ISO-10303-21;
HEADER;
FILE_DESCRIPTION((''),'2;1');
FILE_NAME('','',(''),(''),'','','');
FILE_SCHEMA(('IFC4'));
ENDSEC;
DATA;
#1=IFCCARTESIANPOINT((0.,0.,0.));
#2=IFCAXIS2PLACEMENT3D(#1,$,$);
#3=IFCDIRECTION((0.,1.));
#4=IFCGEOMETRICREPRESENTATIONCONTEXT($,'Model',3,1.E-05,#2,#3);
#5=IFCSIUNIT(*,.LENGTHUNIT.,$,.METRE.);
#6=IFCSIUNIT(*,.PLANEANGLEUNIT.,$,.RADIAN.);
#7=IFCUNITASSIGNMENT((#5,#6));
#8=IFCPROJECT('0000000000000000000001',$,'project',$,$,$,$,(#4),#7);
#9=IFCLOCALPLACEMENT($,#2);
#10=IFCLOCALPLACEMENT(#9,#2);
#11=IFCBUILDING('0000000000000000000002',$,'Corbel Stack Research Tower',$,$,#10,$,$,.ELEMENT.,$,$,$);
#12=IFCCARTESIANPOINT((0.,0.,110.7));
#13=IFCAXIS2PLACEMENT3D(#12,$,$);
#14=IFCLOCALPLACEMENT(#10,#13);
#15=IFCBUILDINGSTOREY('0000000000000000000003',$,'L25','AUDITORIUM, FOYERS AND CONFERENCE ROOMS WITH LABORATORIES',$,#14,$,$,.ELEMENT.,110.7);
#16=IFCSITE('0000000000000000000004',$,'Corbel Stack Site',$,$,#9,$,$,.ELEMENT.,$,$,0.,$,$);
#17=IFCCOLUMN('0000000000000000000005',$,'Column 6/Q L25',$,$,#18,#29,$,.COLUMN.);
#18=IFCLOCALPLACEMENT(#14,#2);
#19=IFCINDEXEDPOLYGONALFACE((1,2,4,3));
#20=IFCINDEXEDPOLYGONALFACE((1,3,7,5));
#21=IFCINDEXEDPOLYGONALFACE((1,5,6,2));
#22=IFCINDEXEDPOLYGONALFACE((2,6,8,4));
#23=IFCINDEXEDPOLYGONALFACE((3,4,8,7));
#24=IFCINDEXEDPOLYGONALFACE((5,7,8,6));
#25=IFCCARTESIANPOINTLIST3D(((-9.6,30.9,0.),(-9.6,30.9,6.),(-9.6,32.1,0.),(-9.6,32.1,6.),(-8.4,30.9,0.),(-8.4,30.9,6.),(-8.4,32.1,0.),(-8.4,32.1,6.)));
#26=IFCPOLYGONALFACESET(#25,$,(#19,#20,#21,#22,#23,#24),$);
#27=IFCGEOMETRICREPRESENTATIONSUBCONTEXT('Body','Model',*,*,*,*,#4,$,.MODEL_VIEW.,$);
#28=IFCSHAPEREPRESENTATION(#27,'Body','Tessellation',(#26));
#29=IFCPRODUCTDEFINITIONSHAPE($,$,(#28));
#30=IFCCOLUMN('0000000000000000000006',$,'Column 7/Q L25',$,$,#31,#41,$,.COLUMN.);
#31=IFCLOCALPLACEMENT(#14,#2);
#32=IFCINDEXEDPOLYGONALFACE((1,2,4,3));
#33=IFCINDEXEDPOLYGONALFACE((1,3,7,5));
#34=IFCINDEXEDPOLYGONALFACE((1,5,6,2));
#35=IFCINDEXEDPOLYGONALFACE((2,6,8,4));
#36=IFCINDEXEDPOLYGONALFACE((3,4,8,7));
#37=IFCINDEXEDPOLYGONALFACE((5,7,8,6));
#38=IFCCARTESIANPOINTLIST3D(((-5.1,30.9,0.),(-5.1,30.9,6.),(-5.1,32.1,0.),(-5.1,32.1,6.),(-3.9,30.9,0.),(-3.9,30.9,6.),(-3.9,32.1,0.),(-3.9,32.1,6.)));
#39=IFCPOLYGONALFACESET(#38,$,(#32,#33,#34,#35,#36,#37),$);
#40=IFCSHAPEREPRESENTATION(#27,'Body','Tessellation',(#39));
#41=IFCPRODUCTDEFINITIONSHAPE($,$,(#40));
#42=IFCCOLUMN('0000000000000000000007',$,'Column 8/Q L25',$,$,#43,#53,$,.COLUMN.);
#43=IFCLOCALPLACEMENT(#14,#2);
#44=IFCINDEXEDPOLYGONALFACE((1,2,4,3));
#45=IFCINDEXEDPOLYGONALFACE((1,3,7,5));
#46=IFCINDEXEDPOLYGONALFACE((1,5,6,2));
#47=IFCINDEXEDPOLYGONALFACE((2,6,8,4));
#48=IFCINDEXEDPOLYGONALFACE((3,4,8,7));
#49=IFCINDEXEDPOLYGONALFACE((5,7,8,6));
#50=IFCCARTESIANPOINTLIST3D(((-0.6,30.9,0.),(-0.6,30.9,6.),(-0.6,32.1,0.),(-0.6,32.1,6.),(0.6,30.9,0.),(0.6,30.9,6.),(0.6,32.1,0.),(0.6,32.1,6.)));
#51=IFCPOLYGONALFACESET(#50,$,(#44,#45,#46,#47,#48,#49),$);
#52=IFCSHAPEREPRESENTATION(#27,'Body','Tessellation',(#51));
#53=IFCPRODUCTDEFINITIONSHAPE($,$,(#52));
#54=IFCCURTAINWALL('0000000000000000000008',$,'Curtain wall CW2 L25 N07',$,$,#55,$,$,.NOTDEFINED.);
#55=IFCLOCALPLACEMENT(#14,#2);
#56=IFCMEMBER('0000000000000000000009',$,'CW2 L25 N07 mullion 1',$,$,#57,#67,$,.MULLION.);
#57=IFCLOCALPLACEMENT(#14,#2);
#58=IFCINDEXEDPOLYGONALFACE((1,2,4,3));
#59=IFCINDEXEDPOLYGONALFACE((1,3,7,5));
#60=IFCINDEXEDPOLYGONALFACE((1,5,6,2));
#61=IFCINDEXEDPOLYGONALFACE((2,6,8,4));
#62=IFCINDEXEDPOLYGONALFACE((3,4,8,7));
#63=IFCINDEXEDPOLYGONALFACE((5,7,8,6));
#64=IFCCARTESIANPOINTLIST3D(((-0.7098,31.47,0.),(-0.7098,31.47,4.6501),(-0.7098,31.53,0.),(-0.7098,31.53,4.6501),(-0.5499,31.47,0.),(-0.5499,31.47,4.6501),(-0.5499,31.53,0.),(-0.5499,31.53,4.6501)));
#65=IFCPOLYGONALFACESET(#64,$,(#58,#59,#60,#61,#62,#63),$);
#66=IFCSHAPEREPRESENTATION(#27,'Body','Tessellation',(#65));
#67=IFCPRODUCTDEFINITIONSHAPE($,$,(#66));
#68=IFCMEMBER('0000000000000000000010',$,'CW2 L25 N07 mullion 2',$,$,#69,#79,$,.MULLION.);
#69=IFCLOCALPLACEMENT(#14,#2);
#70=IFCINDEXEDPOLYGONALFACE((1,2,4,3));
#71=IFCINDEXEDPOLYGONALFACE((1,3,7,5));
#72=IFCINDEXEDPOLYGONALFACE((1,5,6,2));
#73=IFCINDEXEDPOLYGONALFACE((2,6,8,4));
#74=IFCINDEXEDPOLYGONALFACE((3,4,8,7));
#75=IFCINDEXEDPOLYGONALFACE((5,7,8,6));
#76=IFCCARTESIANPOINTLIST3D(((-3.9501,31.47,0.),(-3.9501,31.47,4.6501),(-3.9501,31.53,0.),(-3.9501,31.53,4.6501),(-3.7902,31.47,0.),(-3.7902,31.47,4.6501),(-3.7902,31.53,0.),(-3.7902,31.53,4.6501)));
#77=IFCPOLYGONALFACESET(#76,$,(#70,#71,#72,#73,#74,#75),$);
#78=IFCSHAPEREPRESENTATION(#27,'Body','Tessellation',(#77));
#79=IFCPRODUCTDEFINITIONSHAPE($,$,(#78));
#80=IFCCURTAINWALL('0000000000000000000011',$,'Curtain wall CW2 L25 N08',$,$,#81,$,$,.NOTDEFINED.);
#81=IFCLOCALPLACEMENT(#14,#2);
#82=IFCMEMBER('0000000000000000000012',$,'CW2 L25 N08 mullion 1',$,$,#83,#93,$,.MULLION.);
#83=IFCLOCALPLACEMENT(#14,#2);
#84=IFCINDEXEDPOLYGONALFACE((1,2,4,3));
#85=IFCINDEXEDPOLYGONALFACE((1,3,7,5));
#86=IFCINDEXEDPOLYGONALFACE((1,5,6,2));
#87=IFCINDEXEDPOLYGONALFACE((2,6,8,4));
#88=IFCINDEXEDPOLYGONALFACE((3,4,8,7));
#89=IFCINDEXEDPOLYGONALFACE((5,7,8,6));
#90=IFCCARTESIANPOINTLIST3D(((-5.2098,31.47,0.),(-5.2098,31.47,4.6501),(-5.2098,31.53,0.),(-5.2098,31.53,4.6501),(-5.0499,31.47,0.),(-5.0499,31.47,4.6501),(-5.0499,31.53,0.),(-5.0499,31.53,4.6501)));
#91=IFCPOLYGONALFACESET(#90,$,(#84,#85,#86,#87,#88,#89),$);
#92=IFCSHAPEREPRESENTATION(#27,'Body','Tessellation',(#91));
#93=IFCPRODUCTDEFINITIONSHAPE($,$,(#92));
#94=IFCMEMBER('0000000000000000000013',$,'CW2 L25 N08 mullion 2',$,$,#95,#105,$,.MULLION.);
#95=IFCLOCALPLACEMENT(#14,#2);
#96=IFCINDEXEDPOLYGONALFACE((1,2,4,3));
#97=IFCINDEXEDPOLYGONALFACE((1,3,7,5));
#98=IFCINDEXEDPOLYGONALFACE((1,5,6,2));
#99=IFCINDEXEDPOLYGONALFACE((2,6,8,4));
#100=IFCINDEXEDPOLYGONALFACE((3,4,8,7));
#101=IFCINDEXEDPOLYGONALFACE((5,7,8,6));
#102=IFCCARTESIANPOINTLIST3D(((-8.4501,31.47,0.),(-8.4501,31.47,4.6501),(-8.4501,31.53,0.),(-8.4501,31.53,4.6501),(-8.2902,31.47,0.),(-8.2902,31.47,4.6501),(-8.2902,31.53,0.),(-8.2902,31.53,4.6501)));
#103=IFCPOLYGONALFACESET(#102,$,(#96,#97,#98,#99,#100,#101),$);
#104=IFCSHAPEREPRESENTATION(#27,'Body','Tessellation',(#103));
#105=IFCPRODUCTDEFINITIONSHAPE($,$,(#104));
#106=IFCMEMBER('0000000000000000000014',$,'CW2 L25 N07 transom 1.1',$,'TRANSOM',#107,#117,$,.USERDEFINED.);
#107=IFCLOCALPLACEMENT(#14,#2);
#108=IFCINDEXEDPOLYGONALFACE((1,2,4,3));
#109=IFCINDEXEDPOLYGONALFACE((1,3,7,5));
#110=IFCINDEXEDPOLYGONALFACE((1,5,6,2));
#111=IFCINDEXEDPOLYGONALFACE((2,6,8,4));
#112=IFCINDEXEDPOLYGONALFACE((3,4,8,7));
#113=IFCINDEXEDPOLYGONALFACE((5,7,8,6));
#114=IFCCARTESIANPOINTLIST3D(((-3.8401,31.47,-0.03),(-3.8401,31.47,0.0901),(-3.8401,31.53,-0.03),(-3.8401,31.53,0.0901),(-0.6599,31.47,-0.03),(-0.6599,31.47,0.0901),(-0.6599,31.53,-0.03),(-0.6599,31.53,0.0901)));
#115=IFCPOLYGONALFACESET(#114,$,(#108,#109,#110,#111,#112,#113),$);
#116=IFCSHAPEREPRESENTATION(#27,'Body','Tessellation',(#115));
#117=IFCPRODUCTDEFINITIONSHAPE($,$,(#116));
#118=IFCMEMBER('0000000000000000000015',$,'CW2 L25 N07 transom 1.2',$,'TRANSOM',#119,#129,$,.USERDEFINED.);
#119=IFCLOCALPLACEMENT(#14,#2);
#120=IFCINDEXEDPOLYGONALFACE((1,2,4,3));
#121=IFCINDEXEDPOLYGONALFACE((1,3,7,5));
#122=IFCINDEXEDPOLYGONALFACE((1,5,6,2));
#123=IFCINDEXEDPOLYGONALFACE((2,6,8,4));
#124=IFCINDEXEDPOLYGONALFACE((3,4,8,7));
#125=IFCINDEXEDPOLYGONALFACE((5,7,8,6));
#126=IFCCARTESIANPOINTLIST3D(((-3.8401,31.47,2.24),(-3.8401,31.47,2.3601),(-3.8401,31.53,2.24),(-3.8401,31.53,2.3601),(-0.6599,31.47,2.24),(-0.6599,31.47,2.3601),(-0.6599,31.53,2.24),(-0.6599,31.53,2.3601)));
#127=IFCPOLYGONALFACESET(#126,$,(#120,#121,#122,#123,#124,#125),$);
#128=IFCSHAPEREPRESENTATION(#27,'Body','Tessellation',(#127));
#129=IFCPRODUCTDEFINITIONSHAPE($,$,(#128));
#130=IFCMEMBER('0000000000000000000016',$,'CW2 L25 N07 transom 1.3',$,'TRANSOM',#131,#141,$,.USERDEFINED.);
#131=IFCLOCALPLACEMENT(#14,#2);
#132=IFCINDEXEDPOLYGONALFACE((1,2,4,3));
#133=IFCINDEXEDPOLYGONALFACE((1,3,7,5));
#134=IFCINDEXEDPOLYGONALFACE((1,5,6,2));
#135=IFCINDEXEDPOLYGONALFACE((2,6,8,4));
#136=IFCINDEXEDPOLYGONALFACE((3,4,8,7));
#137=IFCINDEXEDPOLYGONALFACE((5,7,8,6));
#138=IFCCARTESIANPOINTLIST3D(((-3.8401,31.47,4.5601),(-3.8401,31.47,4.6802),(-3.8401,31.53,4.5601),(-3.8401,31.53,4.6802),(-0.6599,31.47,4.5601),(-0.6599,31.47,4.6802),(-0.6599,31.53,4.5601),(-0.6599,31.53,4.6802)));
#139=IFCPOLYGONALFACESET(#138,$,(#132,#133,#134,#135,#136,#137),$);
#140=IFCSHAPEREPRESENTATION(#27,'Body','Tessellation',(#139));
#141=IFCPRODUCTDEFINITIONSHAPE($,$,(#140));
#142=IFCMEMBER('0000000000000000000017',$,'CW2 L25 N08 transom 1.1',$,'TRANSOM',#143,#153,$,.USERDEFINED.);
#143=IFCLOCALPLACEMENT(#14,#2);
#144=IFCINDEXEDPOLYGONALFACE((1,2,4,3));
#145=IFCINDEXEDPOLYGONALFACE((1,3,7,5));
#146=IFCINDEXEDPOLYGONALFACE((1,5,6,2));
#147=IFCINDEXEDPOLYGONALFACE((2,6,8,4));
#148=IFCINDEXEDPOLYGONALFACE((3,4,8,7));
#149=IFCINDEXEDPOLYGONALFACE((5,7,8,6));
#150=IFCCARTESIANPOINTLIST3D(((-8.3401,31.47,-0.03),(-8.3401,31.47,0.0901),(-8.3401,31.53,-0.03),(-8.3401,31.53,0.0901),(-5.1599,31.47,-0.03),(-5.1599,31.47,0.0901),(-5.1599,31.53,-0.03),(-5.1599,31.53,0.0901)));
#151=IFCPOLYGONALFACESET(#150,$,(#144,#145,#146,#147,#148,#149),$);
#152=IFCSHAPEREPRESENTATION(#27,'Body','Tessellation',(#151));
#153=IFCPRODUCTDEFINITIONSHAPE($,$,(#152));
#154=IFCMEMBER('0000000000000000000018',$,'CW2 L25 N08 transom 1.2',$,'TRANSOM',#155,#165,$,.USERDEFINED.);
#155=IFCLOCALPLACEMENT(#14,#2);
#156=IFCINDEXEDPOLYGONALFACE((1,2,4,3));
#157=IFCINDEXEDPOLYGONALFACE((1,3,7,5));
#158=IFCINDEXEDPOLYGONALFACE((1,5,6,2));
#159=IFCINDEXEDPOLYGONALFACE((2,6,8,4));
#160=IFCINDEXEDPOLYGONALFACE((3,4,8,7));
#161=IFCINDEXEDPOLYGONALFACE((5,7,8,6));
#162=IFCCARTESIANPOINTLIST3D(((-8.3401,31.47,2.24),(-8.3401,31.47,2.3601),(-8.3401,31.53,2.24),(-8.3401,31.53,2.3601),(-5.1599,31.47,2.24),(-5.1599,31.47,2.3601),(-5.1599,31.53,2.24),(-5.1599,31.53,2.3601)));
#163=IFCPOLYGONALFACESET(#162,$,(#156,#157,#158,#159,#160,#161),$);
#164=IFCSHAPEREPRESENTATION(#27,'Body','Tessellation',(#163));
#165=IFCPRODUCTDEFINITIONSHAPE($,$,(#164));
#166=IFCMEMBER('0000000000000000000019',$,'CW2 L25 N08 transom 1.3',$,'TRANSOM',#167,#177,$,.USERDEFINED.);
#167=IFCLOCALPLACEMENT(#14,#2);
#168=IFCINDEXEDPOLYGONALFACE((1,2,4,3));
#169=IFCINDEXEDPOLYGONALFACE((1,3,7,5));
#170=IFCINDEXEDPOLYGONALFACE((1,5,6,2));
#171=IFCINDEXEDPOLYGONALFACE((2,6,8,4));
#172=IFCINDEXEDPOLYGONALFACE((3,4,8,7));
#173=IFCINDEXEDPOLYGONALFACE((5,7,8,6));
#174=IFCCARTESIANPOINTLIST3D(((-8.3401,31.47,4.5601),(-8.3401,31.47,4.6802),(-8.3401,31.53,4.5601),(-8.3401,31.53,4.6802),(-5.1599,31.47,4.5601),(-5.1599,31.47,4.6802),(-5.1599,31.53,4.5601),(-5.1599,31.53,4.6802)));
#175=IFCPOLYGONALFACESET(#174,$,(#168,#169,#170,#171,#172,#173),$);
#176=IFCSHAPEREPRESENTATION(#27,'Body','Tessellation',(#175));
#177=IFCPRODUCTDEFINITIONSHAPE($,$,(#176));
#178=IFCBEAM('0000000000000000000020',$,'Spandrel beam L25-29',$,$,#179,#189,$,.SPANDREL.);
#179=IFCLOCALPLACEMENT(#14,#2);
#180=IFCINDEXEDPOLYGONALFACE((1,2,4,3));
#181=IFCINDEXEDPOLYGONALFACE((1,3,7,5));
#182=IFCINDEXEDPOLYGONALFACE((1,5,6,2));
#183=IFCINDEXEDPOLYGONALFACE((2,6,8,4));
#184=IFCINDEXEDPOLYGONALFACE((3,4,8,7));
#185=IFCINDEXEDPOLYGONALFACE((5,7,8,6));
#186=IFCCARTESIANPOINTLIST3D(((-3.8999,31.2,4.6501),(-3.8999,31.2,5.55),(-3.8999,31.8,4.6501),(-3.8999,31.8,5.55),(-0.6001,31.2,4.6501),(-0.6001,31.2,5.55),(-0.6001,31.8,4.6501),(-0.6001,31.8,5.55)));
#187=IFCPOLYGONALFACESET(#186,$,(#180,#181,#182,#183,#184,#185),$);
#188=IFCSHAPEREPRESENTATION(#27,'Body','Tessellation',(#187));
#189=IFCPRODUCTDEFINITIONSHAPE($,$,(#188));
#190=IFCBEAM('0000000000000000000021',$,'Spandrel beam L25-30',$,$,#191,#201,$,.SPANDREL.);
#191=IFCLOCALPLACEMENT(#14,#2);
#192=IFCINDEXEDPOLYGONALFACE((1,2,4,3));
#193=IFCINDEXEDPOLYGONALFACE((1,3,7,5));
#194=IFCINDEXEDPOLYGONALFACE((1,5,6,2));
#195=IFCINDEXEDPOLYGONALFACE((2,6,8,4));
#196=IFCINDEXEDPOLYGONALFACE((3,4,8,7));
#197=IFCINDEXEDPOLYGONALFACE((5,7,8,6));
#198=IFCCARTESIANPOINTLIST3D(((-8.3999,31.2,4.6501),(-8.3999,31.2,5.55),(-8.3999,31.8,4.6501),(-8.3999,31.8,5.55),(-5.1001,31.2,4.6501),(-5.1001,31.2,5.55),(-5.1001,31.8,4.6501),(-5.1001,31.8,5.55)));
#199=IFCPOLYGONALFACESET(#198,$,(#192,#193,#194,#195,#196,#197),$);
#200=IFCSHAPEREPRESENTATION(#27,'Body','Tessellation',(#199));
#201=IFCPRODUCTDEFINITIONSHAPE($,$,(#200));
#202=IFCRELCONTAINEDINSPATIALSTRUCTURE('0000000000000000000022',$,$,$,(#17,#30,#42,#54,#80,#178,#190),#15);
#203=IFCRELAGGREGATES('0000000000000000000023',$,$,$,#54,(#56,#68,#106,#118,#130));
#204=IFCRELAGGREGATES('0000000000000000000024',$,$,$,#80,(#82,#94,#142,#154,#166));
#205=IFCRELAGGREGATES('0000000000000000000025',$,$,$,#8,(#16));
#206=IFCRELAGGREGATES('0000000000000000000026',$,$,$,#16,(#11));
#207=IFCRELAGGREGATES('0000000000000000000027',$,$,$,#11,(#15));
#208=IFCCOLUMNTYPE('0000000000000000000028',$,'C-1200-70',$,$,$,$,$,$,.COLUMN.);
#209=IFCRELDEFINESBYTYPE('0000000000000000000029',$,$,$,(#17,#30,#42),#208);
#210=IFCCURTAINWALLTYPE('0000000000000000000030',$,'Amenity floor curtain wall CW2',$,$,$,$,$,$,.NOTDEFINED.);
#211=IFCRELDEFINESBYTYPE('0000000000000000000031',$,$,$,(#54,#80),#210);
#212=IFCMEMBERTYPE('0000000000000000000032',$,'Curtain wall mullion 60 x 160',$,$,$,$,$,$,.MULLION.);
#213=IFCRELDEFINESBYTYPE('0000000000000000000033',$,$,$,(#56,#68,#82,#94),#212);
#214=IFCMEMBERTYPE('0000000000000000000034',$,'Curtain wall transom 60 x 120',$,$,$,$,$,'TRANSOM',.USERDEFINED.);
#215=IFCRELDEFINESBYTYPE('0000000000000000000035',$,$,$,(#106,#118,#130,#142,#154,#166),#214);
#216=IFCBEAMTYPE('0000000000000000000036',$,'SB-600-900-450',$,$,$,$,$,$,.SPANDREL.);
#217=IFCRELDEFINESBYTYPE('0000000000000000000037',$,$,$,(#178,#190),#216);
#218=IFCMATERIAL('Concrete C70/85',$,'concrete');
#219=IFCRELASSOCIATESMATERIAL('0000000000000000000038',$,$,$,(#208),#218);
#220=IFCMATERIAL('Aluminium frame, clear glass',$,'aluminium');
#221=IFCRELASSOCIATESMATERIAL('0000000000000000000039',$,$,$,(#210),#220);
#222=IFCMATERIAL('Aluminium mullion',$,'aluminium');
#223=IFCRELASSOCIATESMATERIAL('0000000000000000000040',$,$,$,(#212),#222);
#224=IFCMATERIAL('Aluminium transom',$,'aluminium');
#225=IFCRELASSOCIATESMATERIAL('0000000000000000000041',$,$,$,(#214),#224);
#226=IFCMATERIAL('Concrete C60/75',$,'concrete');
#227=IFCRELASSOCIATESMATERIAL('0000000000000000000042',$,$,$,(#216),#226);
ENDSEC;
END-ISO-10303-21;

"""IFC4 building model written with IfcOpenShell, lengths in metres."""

from ifc_helpers import new_model, si_unit, direction, frame, origin, origin_2d, place, context, subcontext, project, spatial, rectangle, extrude, material, material_profile, profile_set, type_object, element, aggregate, save


model = new_model("IFC4")

# Units and contexts
model_context = context("Model", 3, precision=1e-05, world=origin(), true_north=direction((0.0, 1.0)))
body_context = subcontext(model_context, "Body", "Model", "MODEL_VIEW")
ifc_project = project(units=[si_unit("LENGTHUNIT", "METRE"), si_unit("PLANEANGLEUNIT", "RADIAN")], contexts=[model_context])

# Site, building, storey
site_placement = place(None, origin())
site = spatial("IfcSite", under=ifc_project, at=site_placement, Name="Corbel Stack Site", CompositionType="ELEMENT", RefElevation=0.0)
building_placement = place(site_placement, origin())
building = spatial("IfcBuilding", under=site, at=building_placement, Name="Corbel Stack Research Tower", CompositionType="ELEMENT")
storey_placement = place(building_placement, frame((0.0, 0.0, 110.7)))
storey = spatial("IfcBuildingStorey", under=building, at=storey_placement, Name="L25", Description="AUDITORIUM, FOYERS AND CONFERENCE ROOMS WITH LABORATORIES", CompositionType="ELEMENT", Elevation=110.7)

# Columns
ifc_material_1 = material(Name="Concrete C70/85", Category="concrete")
ifc_material_profile_1 = material_profile(ifc_material_1, rectangle(XDim=1.2, YDim=1.2, at=origin_2d()), Name="RC 1200 x 1200")
ifc_profile_set_1 = profile_set([ifc_material_profile_1], Name="Concrete C70/85")
column_type = type_object("IfcColumnType", Name="C-1200-70", PredefinedType="COLUMN", material=ifc_profile_set_1)
for number, where, z_axis, x_axis, name in (
    (1, (-9.0, 31.5, 0.0), (0.0, 0.0, 1.0), (1.0, 0.0, 0.0), "Column 6/Q L25"),
    (2, (-4.5, 31.5, 0.0), (0.0, 0.0, 1.0), (1.0, 0.0, 0.0), "Column 7/Q L25"),
    (3, (0.0, 31.5, 0.0), (0.0, 0.0, 1.0), (1.0, 0.0, 0.0), "Column 8/Q L25"),
):
    element("IfcColumn", number, at=place(storey_placement, frame(where, z_axis=z_axis, x_axis=x_axis)), inside=storey, type_object=column_type, Name=name, PredefinedType="COLUMN", context=body_context, shape_type="SweptSolid", body=[
        extrude(rectangle(XDim=1.2, YDim=1.2, at=origin_2d()), origin(), (0.0, 0.0, 1.0), 6.0),
    ])

# Curtain walls, members
ifc_material_2 = material(Name="Aluminium frame, clear glass", Category="aluminium")
curtain_wall_type = type_object("IfcCurtainWallType", Name="Amenity floor curtain wall CW2", PredefinedType="NOTDEFINED", material=ifc_material_2)
curtain_wall_1_placement = place(storey_placement, origin())
curtain_wall_1 = element("IfcCurtainWall", 4, at=curtain_wall_1_placement, inside=storey, type_object=curtain_wall_type, Name="Curtain wall CW2 L25 N07", PredefinedType="NOTDEFINED")
ifc_material_3 = material(Name="Aluminium mullion", Category="aluminium")
ifc_material_profile_2 = material_profile(ifc_material_3, rectangle(XDim=0.0601, YDim=0.1599, at=origin_2d()), Name="Mullion 60 x 160")
ifc_profile_set_2 = profile_set([ifc_material_profile_2], Name="Aluminium mullion")
member_type_1 = type_object("IfcMemberType", Name="Curtain wall mullion 60 x 160", PredefinedType="MULLION", material=ifc_profile_set_2)
member_1_placement = place(storey_placement, frame((-0.6299, 31.5, 0.0), z_axis=(0.0, 0.0, 1.0), x_axis=(0.0, -1.0, 0.0)))
member_1 = element("IfcMember", 5, at=member_1_placement, type_object=member_type_1, Name="CW2 L25 N07 mullion 1", PredefinedType="MULLION", context=body_context, shape_type="SweptSolid", body=[
    extrude(rectangle(XDim=0.0601, YDim=0.1599, at=origin_2d()), origin(), (0.0, 0.0, 1.0), 4.6501),
])
member_2_placement = place(storey_placement, frame((-3.8701, 31.5, 0.0), z_axis=(0.0, 0.0, 1.0), x_axis=(0.0, -1.0, 0.0)))
member_2 = element("IfcMember", 6, at=member_2_placement, type_object=member_type_1, Name="CW2 L25 N07 mullion 2", PredefinedType="MULLION", context=body_context, shape_type="SweptSolid", body=[
    extrude(rectangle(XDim=0.0601, YDim=0.1599, at=origin_2d()), origin(), (0.0, 0.0, 1.0), 4.6501),
])
curtain_wall_2_placement = place(storey_placement, origin())
curtain_wall_2 = element("IfcCurtainWall", 7, at=curtain_wall_2_placement, inside=storey, type_object=curtain_wall_type, Name="Curtain wall CW2 L25 N08", PredefinedType="NOTDEFINED")
member_3_placement = place(storey_placement, frame((-5.1299, 31.5, 0.0), z_axis=(0.0, 0.0, 1.0), x_axis=(0.0, -1.0, 0.0)))
member_3 = element("IfcMember", 8, at=member_3_placement, type_object=member_type_1, Name="CW2 L25 N08 mullion 1", PredefinedType="MULLION", context=body_context, shape_type="SweptSolid", body=[
    extrude(rectangle(XDim=0.0601, YDim=0.1599, at=origin_2d()), origin(), (0.0, 0.0, 1.0), 4.6501),
])
member_4_placement = place(storey_placement, frame((-8.3701, 31.5, 0.0), z_axis=(0.0, 0.0, 1.0), x_axis=(0.0, -1.0, 0.0)))
member_4 = element("IfcMember", 9, at=member_4_placement, type_object=member_type_1, Name="CW2 L25 N08 mullion 2", PredefinedType="MULLION", context=body_context, shape_type="SweptSolid", body=[
    extrude(rectangle(XDim=0.0601, YDim=0.1599, at=origin_2d()), origin(), (0.0, 0.0, 1.0), 4.6501),
])

# Members
ifc_material_4 = material(Name="Aluminium transom", Category="aluminium")
ifc_material_profile_3 = material_profile(ifc_material_4, rectangle(XDim=0.0601, YDim=0.1201, at=origin_2d()), Name="Transom 60 x 120")
ifc_profile_set_3 = profile_set([ifc_material_profile_3], Name="Aluminium transom")
member_type_2 = type_object("IfcMemberType", Name="Curtain wall transom 60 x 120", ElementType="TRANSOM", PredefinedType="USERDEFINED", material=ifc_profile_set_3)
member_5_placement = place(storey_placement, frame((-0.6599, 31.5, 0.03), z_axis=(-1.0, 0.0, 0.0), x_axis=(0.0, -1.0, 0.0)))
member_5 = element("IfcMember", 10, at=member_5_placement, type_object=member_type_2, Name="CW2 L25 N07 transom 1.1", ObjectType="TRANSOM", PredefinedType="USERDEFINED", context=body_context, shape_type="SweptSolid", body=[
    extrude(rectangle(XDim=0.0601, YDim=0.1201, at=origin_2d()), origin(), (0.0, 0.0, 1.0), 3.1802),
])
member_6_placement = place(storey_placement, frame((-0.6599, 31.5, 2.3), z_axis=(-1.0, 0.0, 0.0), x_axis=(0.0, -1.0, 0.0)))
member_6 = element("IfcMember", 11, at=member_6_placement, type_object=member_type_2, Name="CW2 L25 N07 transom 1.2", ObjectType="TRANSOM", PredefinedType="USERDEFINED", context=body_context, shape_type="SweptSolid", body=[
    extrude(rectangle(XDim=0.0601, YDim=0.1201, at=origin_2d()), origin(), (0.0, 0.0, 1.0), 3.1802),
])
member_7_placement = place(storey_placement, frame((-0.6599, 31.5, 4.6201), z_axis=(-1.0, 0.0, 0.0), x_axis=(0.0, -1.0, 0.0)))
member_7 = element("IfcMember", 12, at=member_7_placement, type_object=member_type_2, Name="CW2 L25 N07 transom 1.3", ObjectType="TRANSOM", PredefinedType="USERDEFINED", context=body_context, shape_type="SweptSolid", body=[
    extrude(rectangle(XDim=0.0601, YDim=0.1201, at=origin_2d()), origin(), (0.0, 0.0, 1.0), 3.1802),
])
member_8_placement = place(storey_placement, frame((-5.1599, 31.5, 0.03), z_axis=(-1.0, 0.0, 0.0), x_axis=(0.0, -1.0, 0.0)))
member_8 = element("IfcMember", 13, at=member_8_placement, type_object=member_type_2, Name="CW2 L25 N08 transom 1.1", ObjectType="TRANSOM", PredefinedType="USERDEFINED", context=body_context, shape_type="SweptSolid", body=[
    extrude(rectangle(XDim=0.0601, YDim=0.1201, at=origin_2d()), origin(), (0.0, 0.0, 1.0), 3.1802),
])
member_9_placement = place(storey_placement, frame((-5.1599, 31.5, 2.3), z_axis=(-1.0, 0.0, 0.0), x_axis=(0.0, -1.0, 0.0)))
member_9 = element("IfcMember", 14, at=member_9_placement, type_object=member_type_2, Name="CW2 L25 N08 transom 1.2", ObjectType="TRANSOM", PredefinedType="USERDEFINED", context=body_context, shape_type="SweptSolid", body=[
    extrude(rectangle(XDim=0.0601, YDim=0.1201, at=origin_2d()), origin(), (0.0, 0.0, 1.0), 3.1802),
])
member_10_placement = place(storey_placement, frame((-5.1599, 31.5, 4.6201), z_axis=(-1.0, 0.0, 0.0), x_axis=(0.0, -1.0, 0.0)))
member_10 = element("IfcMember", 15, at=member_10_placement, type_object=member_type_2, Name="CW2 L25 N08 transom 1.3", ObjectType="TRANSOM", PredefinedType="USERDEFINED", context=body_context, shape_type="SweptSolid", body=[
    extrude(rectangle(XDim=0.0601, YDim=0.1201, at=origin_2d()), origin(), (0.0, 0.0, 1.0), 3.1802),
])

# Beams
ifc_material_5 = material(Name="Concrete C60/75", Category="concrete")
ifc_material_profile_4 = material_profile(ifc_material_5, rectangle(XDim=0.6001, YDim=0.8999, at=origin_2d()), Name="RC 600 x 900")
ifc_profile_set_4 = profile_set([ifc_material_profile_4], Name="Concrete C60/75")
beam_type = type_object("IfcBeamType", Name="SB-600-900-450", PredefinedType="SPANDREL", material=ifc_profile_set_4)
for number, where, z_axis, x_axis, name in (
    (16, (-0.6001, 31.5, 5.1001), (-1.0, 0.0, 0.0), (0.0, -1.0, 0.0), "Spandrel beam L25-29"),
    (17, (-5.1001, 31.5, 5.1001), (-1.0, 0.0, 0.0), (0.0, -1.0, 0.0), "Spandrel beam L25-30"),
):
    element("IfcBeam", number, at=place(storey_placement, frame(where, z_axis=z_axis, x_axis=x_axis)), inside=storey, type_object=beam_type, Name=name, PredefinedType="SPANDREL", context=body_context, shape_type="SweptSolid", body=[
        extrude(rectangle(XDim=0.6001, YDim=0.8999, at=origin_2d()), origin(), (0.0, 0.0, 1.0), 3.2998),
    ])

aggregate(curtain_wall_1, [member_1, member_2, member_5, member_6, member_7])
aggregate(curtain_wall_2, [member_3, member_4, member_8, member_9, member_10])

save(model, "model.ifc")
